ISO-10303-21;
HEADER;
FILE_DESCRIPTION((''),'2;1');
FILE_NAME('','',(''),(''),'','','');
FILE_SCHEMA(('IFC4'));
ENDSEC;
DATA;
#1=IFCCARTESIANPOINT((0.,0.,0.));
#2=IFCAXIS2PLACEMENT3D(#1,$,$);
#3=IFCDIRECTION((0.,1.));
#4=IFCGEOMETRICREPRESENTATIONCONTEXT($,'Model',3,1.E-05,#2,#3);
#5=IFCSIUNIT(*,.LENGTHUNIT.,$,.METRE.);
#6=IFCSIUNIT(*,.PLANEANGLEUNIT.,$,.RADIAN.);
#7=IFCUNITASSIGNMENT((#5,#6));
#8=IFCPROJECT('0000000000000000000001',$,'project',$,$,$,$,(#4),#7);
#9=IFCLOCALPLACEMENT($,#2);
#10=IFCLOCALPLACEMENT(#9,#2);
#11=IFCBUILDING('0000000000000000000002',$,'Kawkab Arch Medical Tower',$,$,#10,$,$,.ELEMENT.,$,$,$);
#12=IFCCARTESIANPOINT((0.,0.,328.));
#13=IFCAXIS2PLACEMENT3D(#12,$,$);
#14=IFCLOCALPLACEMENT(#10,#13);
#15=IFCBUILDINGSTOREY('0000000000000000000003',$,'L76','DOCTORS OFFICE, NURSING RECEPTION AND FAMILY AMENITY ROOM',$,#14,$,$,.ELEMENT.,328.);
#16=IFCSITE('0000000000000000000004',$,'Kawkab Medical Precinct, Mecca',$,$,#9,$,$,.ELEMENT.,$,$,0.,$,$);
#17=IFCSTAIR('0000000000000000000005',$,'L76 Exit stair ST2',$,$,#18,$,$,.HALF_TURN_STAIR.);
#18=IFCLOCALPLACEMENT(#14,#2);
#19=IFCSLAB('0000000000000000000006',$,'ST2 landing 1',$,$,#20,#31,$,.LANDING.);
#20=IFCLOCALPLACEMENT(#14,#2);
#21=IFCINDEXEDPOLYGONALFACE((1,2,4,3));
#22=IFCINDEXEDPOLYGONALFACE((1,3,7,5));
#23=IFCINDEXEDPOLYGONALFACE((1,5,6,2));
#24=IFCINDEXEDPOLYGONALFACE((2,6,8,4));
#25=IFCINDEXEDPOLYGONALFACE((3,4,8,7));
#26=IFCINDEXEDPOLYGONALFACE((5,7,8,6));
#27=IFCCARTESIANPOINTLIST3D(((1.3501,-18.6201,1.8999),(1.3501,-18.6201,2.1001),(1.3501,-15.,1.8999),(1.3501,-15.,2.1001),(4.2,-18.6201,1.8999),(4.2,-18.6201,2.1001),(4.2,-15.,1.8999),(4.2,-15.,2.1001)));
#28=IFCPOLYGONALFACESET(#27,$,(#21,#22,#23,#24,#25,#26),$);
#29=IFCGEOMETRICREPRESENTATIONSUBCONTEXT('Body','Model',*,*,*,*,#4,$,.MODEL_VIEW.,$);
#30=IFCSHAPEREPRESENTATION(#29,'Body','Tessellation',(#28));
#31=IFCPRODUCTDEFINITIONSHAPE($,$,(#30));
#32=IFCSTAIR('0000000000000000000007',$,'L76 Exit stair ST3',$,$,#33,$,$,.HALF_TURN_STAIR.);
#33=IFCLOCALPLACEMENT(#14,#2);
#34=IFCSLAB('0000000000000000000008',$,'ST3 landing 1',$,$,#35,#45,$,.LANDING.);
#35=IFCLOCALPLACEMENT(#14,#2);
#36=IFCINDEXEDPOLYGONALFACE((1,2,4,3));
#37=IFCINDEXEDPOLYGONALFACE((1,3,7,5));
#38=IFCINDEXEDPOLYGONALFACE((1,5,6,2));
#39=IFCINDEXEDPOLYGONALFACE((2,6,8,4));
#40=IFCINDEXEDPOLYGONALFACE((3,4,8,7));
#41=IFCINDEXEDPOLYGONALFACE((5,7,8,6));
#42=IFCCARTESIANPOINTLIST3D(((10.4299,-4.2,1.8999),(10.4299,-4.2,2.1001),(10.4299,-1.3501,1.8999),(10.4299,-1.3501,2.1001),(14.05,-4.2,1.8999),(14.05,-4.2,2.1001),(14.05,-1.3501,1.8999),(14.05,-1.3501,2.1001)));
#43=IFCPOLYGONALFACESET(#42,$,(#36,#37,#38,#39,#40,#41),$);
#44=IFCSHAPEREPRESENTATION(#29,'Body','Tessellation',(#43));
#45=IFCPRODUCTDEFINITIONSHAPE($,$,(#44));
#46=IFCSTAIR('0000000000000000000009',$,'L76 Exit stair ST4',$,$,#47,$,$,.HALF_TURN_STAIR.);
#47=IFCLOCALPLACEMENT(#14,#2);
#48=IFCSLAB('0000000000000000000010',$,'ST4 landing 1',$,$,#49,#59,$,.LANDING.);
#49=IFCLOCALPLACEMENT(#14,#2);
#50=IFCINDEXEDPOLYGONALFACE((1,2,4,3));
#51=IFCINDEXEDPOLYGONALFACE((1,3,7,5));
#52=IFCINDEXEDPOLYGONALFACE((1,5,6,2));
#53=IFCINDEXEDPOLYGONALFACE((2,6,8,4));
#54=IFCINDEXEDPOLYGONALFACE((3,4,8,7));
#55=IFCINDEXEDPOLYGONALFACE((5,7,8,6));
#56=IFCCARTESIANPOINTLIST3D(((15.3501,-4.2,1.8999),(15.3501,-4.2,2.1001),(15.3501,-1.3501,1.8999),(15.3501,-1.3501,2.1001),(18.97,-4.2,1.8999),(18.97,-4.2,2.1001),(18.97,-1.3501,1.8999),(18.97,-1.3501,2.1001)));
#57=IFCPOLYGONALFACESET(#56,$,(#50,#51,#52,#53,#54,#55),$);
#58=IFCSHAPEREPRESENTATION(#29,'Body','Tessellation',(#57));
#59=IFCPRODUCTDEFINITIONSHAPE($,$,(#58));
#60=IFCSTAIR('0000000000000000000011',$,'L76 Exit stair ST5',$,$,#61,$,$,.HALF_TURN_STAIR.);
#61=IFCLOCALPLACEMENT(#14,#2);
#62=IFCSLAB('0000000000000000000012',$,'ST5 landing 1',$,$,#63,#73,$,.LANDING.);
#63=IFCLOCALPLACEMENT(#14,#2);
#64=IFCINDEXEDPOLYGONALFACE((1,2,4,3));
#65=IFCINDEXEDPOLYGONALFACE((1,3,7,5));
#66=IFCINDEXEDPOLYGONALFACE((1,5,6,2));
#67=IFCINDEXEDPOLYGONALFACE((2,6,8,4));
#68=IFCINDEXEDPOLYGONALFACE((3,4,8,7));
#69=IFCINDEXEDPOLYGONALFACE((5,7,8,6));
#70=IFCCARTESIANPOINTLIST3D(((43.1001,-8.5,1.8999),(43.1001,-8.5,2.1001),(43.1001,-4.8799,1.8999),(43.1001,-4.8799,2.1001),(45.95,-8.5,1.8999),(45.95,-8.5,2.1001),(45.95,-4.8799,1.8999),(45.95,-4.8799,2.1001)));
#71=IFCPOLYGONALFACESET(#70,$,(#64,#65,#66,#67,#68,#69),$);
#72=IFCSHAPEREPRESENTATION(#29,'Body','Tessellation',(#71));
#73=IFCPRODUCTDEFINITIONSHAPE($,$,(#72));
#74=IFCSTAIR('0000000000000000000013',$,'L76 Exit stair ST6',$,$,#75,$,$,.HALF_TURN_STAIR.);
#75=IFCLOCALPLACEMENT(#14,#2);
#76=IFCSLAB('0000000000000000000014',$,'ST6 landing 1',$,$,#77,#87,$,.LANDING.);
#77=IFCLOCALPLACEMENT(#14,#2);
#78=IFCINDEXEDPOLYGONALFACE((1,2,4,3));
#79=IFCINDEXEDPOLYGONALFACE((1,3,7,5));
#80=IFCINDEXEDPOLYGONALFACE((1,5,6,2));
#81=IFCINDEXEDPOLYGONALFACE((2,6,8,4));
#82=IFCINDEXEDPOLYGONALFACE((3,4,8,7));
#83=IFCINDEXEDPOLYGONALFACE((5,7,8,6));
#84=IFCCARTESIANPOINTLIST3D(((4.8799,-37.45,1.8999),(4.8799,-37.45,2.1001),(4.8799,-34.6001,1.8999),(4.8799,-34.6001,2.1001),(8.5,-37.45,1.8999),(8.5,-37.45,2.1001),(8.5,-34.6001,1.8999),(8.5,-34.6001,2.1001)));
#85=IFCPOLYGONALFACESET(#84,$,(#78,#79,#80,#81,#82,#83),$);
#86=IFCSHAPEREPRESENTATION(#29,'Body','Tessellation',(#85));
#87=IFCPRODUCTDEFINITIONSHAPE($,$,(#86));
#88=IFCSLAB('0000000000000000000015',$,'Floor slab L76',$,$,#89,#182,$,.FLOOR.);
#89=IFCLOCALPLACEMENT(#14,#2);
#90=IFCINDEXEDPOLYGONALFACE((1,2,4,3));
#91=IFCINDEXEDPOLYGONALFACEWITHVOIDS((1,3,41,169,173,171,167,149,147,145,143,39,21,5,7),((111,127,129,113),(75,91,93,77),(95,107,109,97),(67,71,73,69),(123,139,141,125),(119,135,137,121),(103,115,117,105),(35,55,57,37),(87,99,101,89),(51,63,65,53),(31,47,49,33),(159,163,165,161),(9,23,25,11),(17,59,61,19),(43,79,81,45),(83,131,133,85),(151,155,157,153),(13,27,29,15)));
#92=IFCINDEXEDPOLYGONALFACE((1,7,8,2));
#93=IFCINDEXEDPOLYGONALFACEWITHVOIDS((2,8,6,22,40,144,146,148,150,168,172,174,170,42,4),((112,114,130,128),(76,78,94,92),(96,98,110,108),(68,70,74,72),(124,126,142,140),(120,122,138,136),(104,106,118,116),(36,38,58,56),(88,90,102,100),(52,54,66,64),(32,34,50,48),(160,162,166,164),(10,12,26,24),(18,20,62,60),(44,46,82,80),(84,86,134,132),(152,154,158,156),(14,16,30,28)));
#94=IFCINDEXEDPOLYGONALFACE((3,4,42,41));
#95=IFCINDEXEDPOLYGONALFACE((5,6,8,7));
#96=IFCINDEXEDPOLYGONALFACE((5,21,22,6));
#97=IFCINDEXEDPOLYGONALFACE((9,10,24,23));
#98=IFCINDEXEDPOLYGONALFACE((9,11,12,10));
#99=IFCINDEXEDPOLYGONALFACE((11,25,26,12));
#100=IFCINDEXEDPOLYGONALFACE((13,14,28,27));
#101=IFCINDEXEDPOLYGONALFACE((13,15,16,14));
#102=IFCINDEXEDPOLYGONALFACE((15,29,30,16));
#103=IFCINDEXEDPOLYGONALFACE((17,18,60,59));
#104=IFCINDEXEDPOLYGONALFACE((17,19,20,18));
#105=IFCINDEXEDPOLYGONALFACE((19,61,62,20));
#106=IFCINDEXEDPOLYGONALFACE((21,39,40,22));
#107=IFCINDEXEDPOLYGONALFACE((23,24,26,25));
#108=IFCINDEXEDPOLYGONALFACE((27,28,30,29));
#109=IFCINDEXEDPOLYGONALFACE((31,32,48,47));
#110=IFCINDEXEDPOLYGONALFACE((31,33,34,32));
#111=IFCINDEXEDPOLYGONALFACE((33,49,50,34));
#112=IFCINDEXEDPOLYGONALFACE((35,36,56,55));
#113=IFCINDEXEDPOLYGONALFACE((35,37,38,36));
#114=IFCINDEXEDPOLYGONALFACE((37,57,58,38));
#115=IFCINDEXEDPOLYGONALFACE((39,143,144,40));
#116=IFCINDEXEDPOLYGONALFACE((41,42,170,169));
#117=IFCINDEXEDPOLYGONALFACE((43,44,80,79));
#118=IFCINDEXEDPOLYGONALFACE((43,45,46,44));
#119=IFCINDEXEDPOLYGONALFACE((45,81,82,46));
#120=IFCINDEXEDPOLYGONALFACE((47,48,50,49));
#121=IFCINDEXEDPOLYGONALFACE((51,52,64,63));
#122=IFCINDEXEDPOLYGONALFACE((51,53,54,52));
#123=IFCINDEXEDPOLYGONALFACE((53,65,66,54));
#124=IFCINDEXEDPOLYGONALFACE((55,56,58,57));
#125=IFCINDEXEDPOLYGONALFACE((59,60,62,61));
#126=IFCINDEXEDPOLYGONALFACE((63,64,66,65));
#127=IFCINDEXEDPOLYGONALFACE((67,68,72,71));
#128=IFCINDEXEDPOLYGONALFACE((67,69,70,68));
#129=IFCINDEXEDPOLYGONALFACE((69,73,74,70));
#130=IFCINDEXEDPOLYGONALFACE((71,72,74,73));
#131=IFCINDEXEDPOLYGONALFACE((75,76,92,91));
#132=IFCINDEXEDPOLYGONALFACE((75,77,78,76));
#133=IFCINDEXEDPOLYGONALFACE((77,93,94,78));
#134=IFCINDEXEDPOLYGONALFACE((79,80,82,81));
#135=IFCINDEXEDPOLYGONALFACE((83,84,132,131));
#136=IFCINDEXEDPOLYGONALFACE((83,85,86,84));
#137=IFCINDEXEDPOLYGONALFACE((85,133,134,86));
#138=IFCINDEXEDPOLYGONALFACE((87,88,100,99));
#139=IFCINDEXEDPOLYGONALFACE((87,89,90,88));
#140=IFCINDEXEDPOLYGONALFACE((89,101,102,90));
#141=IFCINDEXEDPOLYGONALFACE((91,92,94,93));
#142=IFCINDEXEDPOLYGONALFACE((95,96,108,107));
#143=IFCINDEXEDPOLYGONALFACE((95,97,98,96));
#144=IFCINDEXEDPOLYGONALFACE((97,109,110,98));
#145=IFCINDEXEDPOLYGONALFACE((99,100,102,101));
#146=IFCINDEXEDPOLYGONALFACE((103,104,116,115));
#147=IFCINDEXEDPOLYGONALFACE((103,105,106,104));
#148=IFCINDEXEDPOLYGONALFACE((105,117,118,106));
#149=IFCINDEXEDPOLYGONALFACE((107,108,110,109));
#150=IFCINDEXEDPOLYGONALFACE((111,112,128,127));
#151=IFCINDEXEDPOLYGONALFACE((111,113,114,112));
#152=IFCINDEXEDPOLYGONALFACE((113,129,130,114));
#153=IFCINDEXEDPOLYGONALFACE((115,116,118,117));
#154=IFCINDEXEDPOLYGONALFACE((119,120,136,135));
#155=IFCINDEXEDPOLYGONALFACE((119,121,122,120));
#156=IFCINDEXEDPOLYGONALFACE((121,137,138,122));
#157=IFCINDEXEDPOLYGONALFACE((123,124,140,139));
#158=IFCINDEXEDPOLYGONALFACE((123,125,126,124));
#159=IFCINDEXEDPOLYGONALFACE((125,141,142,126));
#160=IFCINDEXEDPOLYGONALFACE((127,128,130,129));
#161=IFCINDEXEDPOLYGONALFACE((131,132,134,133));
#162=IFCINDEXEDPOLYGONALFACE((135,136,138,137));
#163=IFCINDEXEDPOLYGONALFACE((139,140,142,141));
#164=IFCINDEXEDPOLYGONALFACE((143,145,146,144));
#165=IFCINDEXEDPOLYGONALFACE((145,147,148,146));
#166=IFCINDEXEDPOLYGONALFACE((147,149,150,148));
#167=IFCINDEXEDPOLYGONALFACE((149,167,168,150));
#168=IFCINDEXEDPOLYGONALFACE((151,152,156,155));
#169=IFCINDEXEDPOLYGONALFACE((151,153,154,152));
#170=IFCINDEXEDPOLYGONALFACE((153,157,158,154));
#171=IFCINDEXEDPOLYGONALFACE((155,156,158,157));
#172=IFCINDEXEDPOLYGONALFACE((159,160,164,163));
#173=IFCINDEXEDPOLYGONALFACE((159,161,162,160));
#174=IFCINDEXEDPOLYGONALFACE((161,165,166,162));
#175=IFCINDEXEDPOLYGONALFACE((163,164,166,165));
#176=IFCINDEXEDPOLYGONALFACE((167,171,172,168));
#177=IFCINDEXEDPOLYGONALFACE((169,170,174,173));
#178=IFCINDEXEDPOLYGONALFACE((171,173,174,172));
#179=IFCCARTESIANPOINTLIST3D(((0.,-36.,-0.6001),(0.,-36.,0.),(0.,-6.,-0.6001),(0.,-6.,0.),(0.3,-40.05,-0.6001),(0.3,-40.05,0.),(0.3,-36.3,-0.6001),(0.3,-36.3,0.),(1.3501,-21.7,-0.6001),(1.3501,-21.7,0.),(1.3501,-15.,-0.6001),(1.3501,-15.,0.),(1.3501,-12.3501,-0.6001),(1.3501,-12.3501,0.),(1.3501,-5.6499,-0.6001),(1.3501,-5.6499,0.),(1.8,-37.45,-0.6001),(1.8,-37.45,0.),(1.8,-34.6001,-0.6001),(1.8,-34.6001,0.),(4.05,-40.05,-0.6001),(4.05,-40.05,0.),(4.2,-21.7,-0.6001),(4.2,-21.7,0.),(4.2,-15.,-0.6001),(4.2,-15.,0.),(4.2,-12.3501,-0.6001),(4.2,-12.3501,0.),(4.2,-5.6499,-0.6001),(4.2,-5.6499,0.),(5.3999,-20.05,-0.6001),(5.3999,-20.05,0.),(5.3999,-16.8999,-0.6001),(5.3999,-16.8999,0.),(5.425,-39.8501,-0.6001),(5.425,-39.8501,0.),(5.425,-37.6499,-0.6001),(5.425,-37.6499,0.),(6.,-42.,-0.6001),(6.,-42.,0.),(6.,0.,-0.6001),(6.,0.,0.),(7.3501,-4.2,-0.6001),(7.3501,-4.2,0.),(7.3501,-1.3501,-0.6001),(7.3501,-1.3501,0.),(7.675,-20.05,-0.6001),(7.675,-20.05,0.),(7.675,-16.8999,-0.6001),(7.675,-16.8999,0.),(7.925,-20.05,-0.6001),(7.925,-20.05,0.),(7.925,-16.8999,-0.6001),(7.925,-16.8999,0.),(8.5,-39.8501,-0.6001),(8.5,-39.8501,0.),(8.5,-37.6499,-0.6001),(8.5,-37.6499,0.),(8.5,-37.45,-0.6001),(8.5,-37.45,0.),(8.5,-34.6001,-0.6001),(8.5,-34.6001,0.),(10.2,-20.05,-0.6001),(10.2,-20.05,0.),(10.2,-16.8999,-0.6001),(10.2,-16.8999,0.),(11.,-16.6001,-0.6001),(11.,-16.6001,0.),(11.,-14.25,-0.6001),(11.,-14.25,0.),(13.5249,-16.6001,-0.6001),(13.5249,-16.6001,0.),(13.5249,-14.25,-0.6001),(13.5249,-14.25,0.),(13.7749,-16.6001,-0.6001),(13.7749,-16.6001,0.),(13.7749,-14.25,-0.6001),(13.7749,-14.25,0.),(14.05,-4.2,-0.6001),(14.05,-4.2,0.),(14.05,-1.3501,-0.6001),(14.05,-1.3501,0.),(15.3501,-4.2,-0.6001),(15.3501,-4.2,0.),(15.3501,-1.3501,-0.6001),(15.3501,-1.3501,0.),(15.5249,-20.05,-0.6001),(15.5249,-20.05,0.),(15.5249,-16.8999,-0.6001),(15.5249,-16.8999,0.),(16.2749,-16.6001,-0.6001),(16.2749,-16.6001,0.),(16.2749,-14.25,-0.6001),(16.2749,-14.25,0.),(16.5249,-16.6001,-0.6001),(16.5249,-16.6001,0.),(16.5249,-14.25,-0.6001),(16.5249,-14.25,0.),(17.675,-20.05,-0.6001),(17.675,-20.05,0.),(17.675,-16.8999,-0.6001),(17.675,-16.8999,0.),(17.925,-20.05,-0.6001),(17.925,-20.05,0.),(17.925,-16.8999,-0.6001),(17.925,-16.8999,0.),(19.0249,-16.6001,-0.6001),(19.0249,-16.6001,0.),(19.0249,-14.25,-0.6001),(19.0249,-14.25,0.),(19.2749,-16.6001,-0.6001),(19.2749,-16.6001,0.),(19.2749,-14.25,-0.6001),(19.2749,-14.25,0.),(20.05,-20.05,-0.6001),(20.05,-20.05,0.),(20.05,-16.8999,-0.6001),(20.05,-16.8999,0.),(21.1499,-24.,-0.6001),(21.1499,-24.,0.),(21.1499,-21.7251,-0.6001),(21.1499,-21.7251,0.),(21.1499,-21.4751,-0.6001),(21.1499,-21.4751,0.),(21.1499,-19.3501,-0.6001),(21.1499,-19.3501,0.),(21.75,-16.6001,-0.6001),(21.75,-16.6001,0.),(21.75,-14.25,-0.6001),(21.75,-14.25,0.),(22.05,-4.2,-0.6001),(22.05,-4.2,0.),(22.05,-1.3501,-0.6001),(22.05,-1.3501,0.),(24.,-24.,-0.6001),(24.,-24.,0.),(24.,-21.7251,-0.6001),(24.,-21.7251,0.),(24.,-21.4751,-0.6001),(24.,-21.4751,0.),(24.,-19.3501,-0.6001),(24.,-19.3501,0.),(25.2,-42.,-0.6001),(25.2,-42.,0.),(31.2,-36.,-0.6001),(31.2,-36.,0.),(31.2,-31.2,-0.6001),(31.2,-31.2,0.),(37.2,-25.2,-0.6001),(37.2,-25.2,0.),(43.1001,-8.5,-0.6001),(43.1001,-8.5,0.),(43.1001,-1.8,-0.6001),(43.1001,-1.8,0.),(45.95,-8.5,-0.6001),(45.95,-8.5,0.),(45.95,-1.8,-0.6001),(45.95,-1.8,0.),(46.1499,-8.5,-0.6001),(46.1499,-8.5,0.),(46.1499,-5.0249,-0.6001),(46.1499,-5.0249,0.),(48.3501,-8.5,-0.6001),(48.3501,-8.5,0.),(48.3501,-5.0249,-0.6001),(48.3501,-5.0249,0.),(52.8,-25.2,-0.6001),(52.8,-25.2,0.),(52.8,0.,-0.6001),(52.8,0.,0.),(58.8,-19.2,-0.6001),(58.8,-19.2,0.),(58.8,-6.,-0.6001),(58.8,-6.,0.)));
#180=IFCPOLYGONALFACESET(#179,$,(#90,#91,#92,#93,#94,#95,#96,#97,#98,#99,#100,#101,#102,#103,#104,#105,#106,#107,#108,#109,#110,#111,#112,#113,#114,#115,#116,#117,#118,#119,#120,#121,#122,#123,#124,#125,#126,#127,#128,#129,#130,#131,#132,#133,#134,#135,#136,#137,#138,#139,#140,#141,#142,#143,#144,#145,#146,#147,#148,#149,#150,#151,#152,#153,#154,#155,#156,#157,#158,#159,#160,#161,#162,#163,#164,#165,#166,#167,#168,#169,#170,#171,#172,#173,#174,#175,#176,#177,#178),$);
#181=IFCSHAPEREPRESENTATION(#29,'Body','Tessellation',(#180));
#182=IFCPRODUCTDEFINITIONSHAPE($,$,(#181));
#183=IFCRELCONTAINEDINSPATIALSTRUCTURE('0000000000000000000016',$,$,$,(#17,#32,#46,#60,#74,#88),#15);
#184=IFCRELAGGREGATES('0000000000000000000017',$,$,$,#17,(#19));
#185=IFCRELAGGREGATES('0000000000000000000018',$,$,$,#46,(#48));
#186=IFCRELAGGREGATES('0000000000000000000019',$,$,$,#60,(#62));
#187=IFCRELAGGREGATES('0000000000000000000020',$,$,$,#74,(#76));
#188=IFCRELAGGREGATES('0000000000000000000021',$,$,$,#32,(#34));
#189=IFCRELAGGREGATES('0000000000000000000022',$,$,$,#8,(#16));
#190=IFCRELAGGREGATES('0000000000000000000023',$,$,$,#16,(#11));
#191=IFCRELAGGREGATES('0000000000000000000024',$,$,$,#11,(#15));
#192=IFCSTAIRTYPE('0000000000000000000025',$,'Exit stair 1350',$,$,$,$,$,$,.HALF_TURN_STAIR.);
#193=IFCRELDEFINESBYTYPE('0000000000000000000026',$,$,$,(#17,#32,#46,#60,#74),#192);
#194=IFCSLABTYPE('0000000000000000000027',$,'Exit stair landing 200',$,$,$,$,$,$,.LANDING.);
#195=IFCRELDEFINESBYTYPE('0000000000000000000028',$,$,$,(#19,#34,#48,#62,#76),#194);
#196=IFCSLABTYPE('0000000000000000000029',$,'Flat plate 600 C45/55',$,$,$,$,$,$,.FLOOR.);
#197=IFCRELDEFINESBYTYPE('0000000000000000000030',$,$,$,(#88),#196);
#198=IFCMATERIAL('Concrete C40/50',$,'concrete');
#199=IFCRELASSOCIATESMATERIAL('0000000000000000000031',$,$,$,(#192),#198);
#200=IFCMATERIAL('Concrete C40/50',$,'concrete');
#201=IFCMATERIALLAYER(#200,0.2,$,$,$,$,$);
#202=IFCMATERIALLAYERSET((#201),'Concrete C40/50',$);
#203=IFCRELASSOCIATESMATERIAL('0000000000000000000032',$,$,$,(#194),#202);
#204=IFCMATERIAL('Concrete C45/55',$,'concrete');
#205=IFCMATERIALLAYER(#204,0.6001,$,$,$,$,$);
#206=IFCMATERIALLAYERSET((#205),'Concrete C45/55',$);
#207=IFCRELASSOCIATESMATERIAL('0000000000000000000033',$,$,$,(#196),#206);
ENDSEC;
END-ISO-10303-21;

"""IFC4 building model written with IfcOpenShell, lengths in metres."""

from ifc_helpers import new_model, si_unit, direction, frame, origin, place, context, subcontext, project, spatial, polyline, outline, extrude, material, layer, layer_set, type_object, element, aggregate, save


model = new_model("IFC4")

# Units and contexts
model_context = context("Model", 3, precision=1e-05, world=origin(), true_north=direction((0.0, 1.0)))
body_context = subcontext(model_context, "Body", "Model", "MODEL_VIEW")
ifc_project = project(units=[si_unit("LENGTHUNIT", "METRE"), si_unit("PLANEANGLEUNIT", "RADIAN")], contexts=[model_context])

# Site, building, storey
site_placement = place(None, origin())
site = spatial("IfcSite", under=ifc_project, at=site_placement, Name="Kawkab Medical Precinct, Mecca", CompositionType="ELEMENT", RefElevation=0.0)
building_placement = place(site_placement, origin())
building = spatial("IfcBuilding", under=site, at=building_placement, Name="Kawkab Arch Medical Tower", CompositionType="ELEMENT")
storey_placement = place(building_placement, frame((0.0, 0.0, 328.0)))
storey = spatial("IfcBuildingStorey", under=building, at=storey_placement, Name="L76", Description="DOCTORS OFFICE, NURSING RECEPTION AND FAMILY AMENITY ROOM", CompositionType="ELEMENT", Elevation=328.0)

# Shared definitions
placement_1 = place(storey_placement, origin())

# Stairs, slabs
ifc_material_1 = material(Name="Concrete C40/50", Category="concrete")
stair_type = type_object("IfcStairType", Name="Exit stair 1350", PredefinedType="HALF_TURN_STAIR", material=ifc_material_1)
ifc_material_2 = material(Name="Concrete C40/50", Category="concrete")
ifc_layer_1 = layer(ifc_material_2, 0.2)
ifc_layer_set_1 = layer_set([ifc_layer_1], Name="Concrete C40/50")
slab_type_1 = type_object("IfcSlabType", Name="Exit stair landing 200", PredefinedType="LANDING", material=ifc_layer_set_1)
placement_2 = place(storey_placement, frame((0.0, 0.0, 1.8999)))
stair_1 = element("IfcStair", 1, at=placement_1, inside=storey, type_object=stair_type, Name="L76 Exit stair ST2", PredefinedType="HALF_TURN_STAIR")
slab_1 = element("IfcSlab", 2, at=placement_2, type_object=slab_type_1, Name="ST2 landing 1", PredefinedType="LANDING", context=body_context, shape_type="SweptSolid", body=[
    extrude(outline(polyline([(4.2, -18.6201), (4.2, -15.0), (1.3501, -15.0), (1.3501, -18.6201), (4.2, -18.6201)])), origin(), (0.0, 0.0, 1.0), 0.2002),
])
aggregate(stair_1, [slab_1])
stair_2 = element("IfcStair", 3, at=placement_1, inside=storey, type_object=stair_type, Name="L76 Exit stair ST3", PredefinedType="HALF_TURN_STAIR")
slab_2 = element("IfcSlab", 4, at=placement_2, type_object=slab_type_1, Name="ST3 landing 1", PredefinedType="LANDING", context=body_context, shape_type="SweptSolid", body=[
    extrude(outline(polyline([(10.4299, -4.2), (14.05, -4.2), (14.05, -1.3501), (10.4299, -1.3501), (10.4299, -4.2)])), origin(), (0.0, 0.0, 1.0), 0.2002),
])
stair_3 = element("IfcStair", 5, at=placement_1, inside=storey, type_object=stair_type, Name="L76 Exit stair ST4", PredefinedType="HALF_TURN_STAIR")
slab_3 = element("IfcSlab", 6, at=placement_2, type_object=slab_type_1, Name="ST4 landing 1", PredefinedType="LANDING", context=body_context, shape_type="SweptSolid", body=[
    extrude(outline(polyline([(18.97, -1.3501), (15.3501, -1.3501), (15.3501, -4.2), (18.97, -4.2), (18.97, -1.3501)])), origin(), (0.0, 0.0, 1.0), 0.2002),
])
aggregate(stair_3, [slab_3])
stair_4 = element("IfcStair", 7, at=placement_1, inside=storey, type_object=stair_type, Name="L76 Exit stair ST5", PredefinedType="HALF_TURN_STAIR")
slab_4 = element("IfcSlab", 8, at=placement_2, type_object=slab_type_1, Name="ST5 landing 1", PredefinedType="LANDING", context=body_context, shape_type="SweptSolid", body=[
    extrude(outline(polyline([(43.1001, -4.8799), (43.1001, -8.5), (45.95, -8.5), (45.95, -4.8799), (43.1001, -4.8799)])), origin(), (0.0, 0.0, 1.0), 0.2002),
])
aggregate(stair_4, [slab_4])
stair_5 = element("IfcStair", 9, at=placement_1, inside=storey, type_object=stair_type, Name="L76 Exit stair ST6", PredefinedType="HALF_TURN_STAIR")
slab_5 = element("IfcSlab", 10, at=placement_2, type_object=slab_type_1, Name="ST6 landing 1", PredefinedType="LANDING", context=body_context, shape_type="SweptSolid", body=[
    extrude(outline(polyline([(4.8799, -37.45), (8.5, -37.45), (8.5, -34.6001), (4.8799, -34.6001), (4.8799, -37.45)])), origin(), (0.0, 0.0, 1.0), 0.2002),
])
aggregate(stair_5, [slab_5])

# Slab
ifc_material_3 = material(Name="Concrete C45/55", Category="concrete")
ifc_layer_2 = layer(ifc_material_3, 0.6001)
ifc_layer_set_2 = layer_set([ifc_layer_2], Name="Concrete C45/55")
slab_type_2 = type_object("IfcSlabType", Name="Flat plate 600 C45/55", PredefinedType="FLOOR", material=ifc_layer_set_2)
slab_6_placement = place(storey_placement, frame((0.0, 0.0, -0.6001)))
element("IfcSlab", 11, at=slab_6_placement, inside=storey, type_object=slab_type_2, Name="Floor slab L76", PredefinedType="FLOOR", context=body_context, shape_type="SweptSolid", body=[
    extrude(outline(polyline([(52.8, 0.0), (58.8, -6.0), (58.8, -19.2), (52.8, -25.2), (37.2, -25.2), (31.2, -31.2), (31.2, -36.0), (25.2, -42.0), (6.0, -42.0), (4.05, -40.05), (0.3, -40.05), (0.3, -36.3), (0.0, -36.0), (0.0, -6.0), (6.0, 0.0), (52.8, 0.0)]), holes=[polyline([(5.425, -37.6499), (5.425, -39.8501), (8.5, -39.8501), (8.5, -37.6499), (5.425, -37.6499)]), polyline([(8.5, -37.45), (8.5, -34.6001), (1.8, -34.6001), (1.8, -37.45), (8.5, -37.45)]), polyline([(5.3999, -20.05), (7.675, -20.05), (7.675, -16.8999), (5.3999, -16.8999), (5.3999, -20.05)]), polyline([(10.2, -16.8999), (7.925, -16.8999), (7.925, -20.05), (10.2, -20.05), (10.2, -16.8999)]), polyline([(4.2, -15.0), (1.3501, -15.0), (1.3501, -21.7), (4.2, -21.7), (4.2, -15.0)]), polyline([(13.5249, -16.6001), (13.5249, -14.25), (11.0, -14.25), (11.0, -16.6001), (13.5249, -16.6001)]), polyline([(13.7749, -16.6001), (16.2749, -16.6001), (16.2749, -14.25), (13.7749, -14.25), (13.7749, -16.6001)]), polyline([(4.2, -12.3501), (4.2, -5.6499), (1.3501, -5.6499), (1.3501, -12.3501), (4.2, -12.3501)]), polyline([(7.3501, -4.2), (14.05, -4.2), (14.05, -1.3501), (7.3501, -1.3501), (7.3501, -4.2)]), polyline([(24.0, -21.7251), (21.1499, -21.7251), (21.1499, -24.0), (24.0, -24.0), (24.0, -21.7251)]), polyline([(24.0, -19.3501), (21.1499, -19.3501), (21.1499, -21.4751), (24.0, -21.4751), (24.0, -19.3501)]), polyline([(17.675, -20.05), (17.675, -16.8999), (15.5249, -16.8999), (15.5249, -20.05), (17.675, -20.05)]), polyline([(20.05, -20.05), (20.05, -16.8999), (17.925, -16.8999), (17.925, -20.05), (20.05, -20.05)]), polyline([(16.5249, -16.6001), (19.0249, -16.6001), (19.0249, -14.25), (16.5249, -14.25), (16.5249, -16.6001)]), polyline([(21.75, -16.6001), (21.75, -14.25), (19.2749, -14.25), (19.2749, -16.6001), (21.75, -16.6001)]), polyline([(46.1499, -8.5), (48.3501, -8.5), (48.3501, -5.0249), (46.1499, -5.0249), (46.1499, -8.5)]), polyline([(43.1001, -1.8), (43.1001, -8.5), (45.95, -8.5), (45.95, -1.8), (43.1001, -1.8)]), polyline([(22.05, -1.3501), (15.3501, -1.3501), (15.3501, -4.2), (22.05, -4.2), (22.05, -1.3501)])]), origin(), (0.0, 0.0, 1.0), 0.6001),
])

aggregate(stair_2, [slab_2])

save(model, "model.ifc")
